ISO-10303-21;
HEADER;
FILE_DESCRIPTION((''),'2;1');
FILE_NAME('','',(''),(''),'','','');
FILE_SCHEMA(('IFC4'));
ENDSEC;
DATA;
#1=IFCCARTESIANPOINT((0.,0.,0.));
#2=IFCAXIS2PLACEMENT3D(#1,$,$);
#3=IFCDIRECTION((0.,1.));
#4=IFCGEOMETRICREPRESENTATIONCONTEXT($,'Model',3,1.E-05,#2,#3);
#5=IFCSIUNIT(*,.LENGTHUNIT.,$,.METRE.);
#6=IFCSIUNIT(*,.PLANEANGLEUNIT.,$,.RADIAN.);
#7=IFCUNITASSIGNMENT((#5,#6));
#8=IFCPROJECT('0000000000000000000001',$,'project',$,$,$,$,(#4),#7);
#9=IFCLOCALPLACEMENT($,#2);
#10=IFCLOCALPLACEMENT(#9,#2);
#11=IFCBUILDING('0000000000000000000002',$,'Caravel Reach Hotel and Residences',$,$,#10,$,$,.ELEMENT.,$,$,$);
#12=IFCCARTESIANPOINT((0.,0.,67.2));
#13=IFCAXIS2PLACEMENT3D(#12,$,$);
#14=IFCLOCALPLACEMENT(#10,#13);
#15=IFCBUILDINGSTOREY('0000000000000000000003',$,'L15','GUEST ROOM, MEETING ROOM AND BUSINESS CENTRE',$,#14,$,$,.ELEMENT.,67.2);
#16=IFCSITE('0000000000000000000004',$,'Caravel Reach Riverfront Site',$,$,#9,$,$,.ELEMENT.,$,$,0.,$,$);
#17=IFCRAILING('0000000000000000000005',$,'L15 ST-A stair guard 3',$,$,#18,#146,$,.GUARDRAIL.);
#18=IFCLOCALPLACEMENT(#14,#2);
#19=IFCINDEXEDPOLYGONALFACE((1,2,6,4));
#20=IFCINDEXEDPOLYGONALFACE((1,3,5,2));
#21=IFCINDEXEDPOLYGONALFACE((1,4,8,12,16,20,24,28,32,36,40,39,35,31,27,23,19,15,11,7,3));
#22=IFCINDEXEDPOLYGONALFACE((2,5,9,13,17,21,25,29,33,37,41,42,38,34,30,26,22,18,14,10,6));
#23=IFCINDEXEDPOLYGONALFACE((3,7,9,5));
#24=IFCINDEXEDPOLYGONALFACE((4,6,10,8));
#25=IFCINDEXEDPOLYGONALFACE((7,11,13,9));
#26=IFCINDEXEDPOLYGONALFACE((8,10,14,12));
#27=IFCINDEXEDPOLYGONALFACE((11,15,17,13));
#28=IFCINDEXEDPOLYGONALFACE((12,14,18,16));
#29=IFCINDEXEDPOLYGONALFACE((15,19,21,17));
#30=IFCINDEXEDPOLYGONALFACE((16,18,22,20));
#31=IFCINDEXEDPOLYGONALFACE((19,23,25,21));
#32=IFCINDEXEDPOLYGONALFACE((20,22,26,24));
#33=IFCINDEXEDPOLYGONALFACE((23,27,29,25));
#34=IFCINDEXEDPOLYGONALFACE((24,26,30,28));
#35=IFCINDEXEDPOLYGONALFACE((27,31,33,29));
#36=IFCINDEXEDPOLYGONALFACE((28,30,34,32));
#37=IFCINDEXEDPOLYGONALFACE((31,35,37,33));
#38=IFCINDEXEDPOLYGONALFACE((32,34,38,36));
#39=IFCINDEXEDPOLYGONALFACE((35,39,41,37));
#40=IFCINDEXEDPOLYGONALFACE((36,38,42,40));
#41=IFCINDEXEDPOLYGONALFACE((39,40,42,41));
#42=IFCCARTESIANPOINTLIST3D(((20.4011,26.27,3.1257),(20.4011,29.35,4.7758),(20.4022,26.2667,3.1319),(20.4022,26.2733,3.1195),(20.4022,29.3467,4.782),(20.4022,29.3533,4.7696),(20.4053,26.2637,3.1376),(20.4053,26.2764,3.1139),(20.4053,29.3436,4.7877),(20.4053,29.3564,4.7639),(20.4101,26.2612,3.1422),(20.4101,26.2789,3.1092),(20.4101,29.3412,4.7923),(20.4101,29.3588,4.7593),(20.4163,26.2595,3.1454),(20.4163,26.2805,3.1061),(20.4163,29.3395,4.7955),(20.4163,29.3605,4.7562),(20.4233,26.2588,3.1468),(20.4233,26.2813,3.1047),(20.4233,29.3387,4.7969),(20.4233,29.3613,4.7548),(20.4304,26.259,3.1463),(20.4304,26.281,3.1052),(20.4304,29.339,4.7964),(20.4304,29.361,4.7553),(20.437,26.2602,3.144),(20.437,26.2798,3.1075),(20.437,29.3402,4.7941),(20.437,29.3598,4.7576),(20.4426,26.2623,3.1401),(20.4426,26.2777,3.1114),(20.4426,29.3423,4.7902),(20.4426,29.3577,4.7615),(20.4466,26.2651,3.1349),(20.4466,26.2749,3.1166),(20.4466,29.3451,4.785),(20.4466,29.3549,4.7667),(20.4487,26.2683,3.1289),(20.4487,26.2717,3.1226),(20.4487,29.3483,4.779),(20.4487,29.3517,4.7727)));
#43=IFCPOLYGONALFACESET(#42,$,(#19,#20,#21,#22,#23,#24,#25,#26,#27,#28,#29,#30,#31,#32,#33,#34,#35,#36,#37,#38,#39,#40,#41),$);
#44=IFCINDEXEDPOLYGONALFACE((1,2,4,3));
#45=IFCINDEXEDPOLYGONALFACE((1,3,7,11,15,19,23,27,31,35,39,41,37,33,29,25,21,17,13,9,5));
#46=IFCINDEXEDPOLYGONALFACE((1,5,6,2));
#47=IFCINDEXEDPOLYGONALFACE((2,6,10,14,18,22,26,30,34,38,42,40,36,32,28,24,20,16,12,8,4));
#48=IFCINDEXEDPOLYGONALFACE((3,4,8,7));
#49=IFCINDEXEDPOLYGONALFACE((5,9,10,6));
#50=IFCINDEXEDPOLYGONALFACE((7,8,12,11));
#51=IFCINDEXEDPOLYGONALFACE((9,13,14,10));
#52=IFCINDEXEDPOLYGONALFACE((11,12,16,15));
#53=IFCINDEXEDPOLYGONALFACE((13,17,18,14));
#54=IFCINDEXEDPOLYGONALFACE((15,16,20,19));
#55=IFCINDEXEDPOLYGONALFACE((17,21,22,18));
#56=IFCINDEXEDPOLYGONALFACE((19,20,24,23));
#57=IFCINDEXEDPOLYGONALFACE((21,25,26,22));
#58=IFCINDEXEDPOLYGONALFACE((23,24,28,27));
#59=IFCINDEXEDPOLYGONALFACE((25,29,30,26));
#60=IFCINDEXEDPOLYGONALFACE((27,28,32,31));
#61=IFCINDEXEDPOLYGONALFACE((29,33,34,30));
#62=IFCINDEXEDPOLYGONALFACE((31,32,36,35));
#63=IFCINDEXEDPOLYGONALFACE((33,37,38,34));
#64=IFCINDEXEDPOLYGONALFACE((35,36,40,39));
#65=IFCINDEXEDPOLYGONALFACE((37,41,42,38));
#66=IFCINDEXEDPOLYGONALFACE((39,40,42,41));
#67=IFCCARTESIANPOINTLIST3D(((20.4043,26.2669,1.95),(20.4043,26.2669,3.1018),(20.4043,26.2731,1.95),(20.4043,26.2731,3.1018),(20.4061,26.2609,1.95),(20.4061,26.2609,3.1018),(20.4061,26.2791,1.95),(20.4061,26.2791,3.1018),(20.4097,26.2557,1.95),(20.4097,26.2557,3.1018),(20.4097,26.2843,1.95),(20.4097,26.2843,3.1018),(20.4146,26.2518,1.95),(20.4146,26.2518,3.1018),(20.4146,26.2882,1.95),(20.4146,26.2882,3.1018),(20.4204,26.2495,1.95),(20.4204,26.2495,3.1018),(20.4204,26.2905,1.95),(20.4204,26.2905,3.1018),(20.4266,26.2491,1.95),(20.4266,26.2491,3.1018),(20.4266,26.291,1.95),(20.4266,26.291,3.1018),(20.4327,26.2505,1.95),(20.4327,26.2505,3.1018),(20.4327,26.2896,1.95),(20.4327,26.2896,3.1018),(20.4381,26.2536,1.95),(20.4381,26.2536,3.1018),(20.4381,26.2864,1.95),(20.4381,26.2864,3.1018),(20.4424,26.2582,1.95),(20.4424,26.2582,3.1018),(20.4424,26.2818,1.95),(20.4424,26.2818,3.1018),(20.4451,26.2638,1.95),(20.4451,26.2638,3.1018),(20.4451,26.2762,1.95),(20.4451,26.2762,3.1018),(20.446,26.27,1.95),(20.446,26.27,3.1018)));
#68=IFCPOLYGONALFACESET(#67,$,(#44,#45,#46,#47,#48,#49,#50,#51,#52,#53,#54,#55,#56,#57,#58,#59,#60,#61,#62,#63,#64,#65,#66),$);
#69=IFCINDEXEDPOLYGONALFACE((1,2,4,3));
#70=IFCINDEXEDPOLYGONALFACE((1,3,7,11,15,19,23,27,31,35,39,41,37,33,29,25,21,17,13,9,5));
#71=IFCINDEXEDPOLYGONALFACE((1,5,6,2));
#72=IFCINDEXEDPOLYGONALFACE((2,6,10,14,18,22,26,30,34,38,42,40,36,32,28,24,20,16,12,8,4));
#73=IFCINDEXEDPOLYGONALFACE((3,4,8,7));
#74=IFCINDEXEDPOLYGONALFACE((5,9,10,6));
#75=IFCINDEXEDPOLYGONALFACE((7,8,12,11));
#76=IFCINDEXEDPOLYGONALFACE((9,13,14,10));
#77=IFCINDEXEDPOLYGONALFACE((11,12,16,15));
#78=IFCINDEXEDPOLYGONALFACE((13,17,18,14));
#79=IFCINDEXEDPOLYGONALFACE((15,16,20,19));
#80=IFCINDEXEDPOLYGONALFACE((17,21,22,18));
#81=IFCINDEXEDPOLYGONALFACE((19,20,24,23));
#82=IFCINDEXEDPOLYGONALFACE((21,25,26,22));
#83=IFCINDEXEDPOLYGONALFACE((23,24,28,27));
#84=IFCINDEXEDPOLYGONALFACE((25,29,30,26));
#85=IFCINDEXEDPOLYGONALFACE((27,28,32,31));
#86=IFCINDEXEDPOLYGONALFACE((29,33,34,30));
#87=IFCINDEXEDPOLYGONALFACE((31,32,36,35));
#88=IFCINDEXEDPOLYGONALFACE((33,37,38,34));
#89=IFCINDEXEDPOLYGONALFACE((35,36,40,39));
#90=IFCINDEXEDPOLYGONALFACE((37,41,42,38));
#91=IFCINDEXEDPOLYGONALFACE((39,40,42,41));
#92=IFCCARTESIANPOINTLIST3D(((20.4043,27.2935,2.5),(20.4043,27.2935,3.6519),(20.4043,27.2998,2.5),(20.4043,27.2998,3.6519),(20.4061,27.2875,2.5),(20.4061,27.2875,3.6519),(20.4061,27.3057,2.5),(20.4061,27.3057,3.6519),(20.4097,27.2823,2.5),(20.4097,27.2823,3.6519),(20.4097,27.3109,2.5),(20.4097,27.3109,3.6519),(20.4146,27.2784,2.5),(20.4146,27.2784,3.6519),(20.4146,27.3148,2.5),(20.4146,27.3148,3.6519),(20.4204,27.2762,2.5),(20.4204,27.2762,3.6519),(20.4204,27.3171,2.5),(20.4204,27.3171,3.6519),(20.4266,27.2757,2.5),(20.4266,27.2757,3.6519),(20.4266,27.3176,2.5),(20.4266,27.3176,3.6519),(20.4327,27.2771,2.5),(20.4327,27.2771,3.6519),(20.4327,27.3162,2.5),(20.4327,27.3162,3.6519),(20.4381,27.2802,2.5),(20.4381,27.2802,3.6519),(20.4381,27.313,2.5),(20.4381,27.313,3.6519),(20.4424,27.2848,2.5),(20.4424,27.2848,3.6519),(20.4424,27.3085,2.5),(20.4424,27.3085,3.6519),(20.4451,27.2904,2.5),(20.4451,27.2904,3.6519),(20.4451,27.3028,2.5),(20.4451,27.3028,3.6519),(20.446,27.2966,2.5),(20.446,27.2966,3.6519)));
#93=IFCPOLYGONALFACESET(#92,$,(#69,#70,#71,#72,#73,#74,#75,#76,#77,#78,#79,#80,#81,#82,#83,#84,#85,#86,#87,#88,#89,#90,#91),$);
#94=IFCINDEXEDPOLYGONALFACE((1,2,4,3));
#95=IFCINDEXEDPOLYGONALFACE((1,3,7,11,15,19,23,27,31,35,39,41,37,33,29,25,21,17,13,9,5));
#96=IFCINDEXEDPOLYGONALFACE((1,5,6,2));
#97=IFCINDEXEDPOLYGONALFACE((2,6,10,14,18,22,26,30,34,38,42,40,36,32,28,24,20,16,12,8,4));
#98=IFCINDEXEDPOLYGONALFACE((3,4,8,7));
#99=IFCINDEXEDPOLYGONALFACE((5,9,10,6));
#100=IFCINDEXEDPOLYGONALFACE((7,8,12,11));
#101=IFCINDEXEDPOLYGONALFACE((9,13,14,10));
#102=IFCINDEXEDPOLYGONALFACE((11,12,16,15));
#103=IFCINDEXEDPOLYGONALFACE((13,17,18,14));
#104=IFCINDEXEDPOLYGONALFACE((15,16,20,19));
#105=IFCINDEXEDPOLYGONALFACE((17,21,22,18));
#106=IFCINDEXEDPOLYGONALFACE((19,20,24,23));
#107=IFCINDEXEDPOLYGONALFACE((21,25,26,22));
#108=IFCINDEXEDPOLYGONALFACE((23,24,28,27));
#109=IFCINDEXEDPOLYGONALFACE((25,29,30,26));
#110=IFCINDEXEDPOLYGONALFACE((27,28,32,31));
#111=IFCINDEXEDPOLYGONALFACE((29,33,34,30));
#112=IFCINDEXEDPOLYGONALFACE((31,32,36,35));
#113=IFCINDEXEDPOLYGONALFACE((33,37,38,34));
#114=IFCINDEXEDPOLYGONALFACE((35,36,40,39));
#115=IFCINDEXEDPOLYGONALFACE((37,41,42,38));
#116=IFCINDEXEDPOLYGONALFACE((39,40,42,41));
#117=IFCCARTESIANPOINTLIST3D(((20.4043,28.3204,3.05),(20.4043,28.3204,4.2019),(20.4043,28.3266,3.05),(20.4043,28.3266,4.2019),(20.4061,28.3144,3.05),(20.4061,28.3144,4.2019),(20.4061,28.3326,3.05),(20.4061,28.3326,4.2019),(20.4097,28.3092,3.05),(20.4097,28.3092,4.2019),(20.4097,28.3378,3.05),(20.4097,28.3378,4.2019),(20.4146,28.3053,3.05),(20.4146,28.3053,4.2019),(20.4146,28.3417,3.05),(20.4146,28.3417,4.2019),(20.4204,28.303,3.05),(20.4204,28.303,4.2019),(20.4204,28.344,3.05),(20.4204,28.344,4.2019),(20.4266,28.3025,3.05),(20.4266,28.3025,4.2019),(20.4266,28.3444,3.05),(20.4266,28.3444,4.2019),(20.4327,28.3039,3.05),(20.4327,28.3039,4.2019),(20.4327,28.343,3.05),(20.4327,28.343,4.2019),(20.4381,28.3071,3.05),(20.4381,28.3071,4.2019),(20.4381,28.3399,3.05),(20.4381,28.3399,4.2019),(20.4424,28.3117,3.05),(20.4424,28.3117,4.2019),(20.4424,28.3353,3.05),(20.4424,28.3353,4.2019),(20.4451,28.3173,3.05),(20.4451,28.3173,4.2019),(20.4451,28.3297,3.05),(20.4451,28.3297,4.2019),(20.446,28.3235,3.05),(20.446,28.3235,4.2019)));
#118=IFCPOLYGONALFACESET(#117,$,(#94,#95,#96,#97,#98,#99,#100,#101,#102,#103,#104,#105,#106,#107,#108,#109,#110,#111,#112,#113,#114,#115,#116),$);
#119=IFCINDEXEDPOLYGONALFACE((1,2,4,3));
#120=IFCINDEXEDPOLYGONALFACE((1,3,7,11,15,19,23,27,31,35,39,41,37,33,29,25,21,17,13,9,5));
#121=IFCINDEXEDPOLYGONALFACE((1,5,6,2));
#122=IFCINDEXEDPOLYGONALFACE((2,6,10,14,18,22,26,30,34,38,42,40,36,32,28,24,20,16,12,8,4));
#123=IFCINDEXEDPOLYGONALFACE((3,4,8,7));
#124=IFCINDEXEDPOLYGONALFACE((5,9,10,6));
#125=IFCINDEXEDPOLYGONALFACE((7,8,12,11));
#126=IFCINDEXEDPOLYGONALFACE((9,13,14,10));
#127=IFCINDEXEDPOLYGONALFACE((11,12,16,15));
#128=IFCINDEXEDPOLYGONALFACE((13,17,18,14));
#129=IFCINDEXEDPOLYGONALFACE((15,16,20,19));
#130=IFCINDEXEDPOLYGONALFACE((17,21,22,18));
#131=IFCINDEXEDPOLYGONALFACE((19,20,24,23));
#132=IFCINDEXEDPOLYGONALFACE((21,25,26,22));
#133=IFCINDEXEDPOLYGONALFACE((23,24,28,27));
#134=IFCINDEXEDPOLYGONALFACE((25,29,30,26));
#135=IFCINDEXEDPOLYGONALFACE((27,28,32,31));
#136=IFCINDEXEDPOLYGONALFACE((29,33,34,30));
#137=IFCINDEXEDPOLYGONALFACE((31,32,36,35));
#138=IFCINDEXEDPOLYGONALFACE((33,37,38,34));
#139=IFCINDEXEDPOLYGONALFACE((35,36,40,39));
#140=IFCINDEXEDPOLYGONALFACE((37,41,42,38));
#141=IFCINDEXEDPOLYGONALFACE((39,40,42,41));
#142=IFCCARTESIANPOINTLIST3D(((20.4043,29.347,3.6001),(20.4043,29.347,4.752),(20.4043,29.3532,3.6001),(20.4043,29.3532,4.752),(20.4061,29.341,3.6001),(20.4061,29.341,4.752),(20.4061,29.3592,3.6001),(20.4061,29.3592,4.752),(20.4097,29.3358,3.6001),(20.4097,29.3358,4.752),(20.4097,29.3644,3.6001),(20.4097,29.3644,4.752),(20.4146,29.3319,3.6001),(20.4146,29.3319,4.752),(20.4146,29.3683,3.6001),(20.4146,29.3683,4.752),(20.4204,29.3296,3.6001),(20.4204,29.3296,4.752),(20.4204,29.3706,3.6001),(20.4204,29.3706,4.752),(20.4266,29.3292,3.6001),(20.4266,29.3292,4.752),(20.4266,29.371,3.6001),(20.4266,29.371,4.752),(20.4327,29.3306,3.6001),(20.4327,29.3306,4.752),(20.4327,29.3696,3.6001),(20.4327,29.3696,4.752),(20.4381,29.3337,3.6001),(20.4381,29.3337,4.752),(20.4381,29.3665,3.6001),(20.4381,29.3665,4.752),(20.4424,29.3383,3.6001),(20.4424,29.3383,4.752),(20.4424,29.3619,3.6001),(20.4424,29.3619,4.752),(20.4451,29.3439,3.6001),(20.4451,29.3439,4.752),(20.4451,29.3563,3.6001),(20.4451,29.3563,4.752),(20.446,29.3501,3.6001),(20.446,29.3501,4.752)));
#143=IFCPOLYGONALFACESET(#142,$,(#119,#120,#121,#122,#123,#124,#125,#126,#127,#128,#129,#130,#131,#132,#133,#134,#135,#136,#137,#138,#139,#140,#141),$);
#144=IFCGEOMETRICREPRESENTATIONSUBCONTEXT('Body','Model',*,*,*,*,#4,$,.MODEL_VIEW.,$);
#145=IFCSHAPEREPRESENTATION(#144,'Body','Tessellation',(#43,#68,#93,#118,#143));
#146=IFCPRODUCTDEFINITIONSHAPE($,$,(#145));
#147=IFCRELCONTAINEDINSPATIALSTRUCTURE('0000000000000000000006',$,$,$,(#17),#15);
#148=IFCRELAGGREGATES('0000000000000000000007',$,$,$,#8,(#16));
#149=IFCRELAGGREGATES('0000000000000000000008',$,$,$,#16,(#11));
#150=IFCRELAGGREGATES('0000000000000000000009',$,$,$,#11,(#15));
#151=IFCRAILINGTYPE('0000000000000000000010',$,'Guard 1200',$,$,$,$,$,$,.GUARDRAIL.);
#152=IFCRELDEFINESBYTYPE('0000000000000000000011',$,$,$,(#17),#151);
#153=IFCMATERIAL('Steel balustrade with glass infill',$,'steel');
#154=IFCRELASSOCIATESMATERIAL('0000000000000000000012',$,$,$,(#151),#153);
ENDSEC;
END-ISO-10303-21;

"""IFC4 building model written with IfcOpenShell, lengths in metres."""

from ifc_helpers import new_model, si_unit, direction, frame, origin, origin_2d, place, context, subcontext, project, spatial, circle, extrude, material, type_object, element, save


model = new_model("IFC4")

# Units and contexts
model_context = context("Model", 3, precision=1e-05, world=origin(), true_north=direction((0.0, 1.0)))
body_context = subcontext(model_context, "Body", "Model", "MODEL_VIEW")
ifc_project = project(units=[si_unit("LENGTHUNIT", "METRE"), si_unit("PLANEANGLEUNIT", "RADIAN")], contexts=[model_context])

# Site, building, storey
site_placement = place(None, origin())
site = spatial("IfcSite", under=ifc_project, at=site_placement, Name="Caravel Reach Riverfront Site", CompositionType="ELEMENT", RefElevation=0.0)
building_placement = place(site_placement, origin())
building = spatial("IfcBuilding", under=site, at=building_placement, Name="Caravel Reach Hotel and Residences", CompositionType="ELEMENT")
storey_placement = place(building_placement, frame((0.0, 0.0, 67.2)))
storey = spatial("IfcBuildingStorey", under=building, at=storey_placement, Name="L15", Description="GUEST ROOM, MEETING ROOM AND BUSINESS CENTRE", CompositionType="ELEMENT", Elevation=67.2)

# Railing
ifc_material_1 = material(Name="Steel balustrade with glass infill", Category="steel")
railing_type_1 = type_object("IfcRailingType", Name="Guard 1200", PredefinedType="GUARDRAIL", material=ifc_material_1)
railing_1_placement = place(storey_placement, frame((20.425, 26.27, 1.95)))
element("IfcRailing", 1, at=railing_1_placement, inside=storey, type_object=railing_type_1, Name="L15 ST-A stair guard 3", PredefinedType="GUARDRAIL", context=body_context, shape_type="SweptSolid", body=[
    extrude(circle(Radius=0.0239, at=origin_2d()), frame((0.0, 0.0, 1.1758), z_axis=(0.0, 0.881468, 0.472245), x_axis=(-1.0, 0.0, 0.0)), (0.0, 0.0, 1.0), 3.4941),
    extrude(circle(Radius=0.021, at=origin_2d()), origin(), (0.0, 0.0, 1.0), 1.1519),
    extrude(circle(Radius=0.021, at=origin_2d()), frame((0.0, 1.0266, 0.55)), (0.0, 0.0, 1.0), 1.1519),
    extrude(circle(Radius=0.021, at=origin_2d()), frame((0.0, 2.0535, 1.1001)), (0.0, 0.0, 1.0), 1.1519),
    extrude(circle(Radius=0.021, at=origin_2d()), frame((0.0, 3.0801, 1.6501)), (0.0, 0.0, 1.0), 1.1519),
])

save(model, "model.ifc")
